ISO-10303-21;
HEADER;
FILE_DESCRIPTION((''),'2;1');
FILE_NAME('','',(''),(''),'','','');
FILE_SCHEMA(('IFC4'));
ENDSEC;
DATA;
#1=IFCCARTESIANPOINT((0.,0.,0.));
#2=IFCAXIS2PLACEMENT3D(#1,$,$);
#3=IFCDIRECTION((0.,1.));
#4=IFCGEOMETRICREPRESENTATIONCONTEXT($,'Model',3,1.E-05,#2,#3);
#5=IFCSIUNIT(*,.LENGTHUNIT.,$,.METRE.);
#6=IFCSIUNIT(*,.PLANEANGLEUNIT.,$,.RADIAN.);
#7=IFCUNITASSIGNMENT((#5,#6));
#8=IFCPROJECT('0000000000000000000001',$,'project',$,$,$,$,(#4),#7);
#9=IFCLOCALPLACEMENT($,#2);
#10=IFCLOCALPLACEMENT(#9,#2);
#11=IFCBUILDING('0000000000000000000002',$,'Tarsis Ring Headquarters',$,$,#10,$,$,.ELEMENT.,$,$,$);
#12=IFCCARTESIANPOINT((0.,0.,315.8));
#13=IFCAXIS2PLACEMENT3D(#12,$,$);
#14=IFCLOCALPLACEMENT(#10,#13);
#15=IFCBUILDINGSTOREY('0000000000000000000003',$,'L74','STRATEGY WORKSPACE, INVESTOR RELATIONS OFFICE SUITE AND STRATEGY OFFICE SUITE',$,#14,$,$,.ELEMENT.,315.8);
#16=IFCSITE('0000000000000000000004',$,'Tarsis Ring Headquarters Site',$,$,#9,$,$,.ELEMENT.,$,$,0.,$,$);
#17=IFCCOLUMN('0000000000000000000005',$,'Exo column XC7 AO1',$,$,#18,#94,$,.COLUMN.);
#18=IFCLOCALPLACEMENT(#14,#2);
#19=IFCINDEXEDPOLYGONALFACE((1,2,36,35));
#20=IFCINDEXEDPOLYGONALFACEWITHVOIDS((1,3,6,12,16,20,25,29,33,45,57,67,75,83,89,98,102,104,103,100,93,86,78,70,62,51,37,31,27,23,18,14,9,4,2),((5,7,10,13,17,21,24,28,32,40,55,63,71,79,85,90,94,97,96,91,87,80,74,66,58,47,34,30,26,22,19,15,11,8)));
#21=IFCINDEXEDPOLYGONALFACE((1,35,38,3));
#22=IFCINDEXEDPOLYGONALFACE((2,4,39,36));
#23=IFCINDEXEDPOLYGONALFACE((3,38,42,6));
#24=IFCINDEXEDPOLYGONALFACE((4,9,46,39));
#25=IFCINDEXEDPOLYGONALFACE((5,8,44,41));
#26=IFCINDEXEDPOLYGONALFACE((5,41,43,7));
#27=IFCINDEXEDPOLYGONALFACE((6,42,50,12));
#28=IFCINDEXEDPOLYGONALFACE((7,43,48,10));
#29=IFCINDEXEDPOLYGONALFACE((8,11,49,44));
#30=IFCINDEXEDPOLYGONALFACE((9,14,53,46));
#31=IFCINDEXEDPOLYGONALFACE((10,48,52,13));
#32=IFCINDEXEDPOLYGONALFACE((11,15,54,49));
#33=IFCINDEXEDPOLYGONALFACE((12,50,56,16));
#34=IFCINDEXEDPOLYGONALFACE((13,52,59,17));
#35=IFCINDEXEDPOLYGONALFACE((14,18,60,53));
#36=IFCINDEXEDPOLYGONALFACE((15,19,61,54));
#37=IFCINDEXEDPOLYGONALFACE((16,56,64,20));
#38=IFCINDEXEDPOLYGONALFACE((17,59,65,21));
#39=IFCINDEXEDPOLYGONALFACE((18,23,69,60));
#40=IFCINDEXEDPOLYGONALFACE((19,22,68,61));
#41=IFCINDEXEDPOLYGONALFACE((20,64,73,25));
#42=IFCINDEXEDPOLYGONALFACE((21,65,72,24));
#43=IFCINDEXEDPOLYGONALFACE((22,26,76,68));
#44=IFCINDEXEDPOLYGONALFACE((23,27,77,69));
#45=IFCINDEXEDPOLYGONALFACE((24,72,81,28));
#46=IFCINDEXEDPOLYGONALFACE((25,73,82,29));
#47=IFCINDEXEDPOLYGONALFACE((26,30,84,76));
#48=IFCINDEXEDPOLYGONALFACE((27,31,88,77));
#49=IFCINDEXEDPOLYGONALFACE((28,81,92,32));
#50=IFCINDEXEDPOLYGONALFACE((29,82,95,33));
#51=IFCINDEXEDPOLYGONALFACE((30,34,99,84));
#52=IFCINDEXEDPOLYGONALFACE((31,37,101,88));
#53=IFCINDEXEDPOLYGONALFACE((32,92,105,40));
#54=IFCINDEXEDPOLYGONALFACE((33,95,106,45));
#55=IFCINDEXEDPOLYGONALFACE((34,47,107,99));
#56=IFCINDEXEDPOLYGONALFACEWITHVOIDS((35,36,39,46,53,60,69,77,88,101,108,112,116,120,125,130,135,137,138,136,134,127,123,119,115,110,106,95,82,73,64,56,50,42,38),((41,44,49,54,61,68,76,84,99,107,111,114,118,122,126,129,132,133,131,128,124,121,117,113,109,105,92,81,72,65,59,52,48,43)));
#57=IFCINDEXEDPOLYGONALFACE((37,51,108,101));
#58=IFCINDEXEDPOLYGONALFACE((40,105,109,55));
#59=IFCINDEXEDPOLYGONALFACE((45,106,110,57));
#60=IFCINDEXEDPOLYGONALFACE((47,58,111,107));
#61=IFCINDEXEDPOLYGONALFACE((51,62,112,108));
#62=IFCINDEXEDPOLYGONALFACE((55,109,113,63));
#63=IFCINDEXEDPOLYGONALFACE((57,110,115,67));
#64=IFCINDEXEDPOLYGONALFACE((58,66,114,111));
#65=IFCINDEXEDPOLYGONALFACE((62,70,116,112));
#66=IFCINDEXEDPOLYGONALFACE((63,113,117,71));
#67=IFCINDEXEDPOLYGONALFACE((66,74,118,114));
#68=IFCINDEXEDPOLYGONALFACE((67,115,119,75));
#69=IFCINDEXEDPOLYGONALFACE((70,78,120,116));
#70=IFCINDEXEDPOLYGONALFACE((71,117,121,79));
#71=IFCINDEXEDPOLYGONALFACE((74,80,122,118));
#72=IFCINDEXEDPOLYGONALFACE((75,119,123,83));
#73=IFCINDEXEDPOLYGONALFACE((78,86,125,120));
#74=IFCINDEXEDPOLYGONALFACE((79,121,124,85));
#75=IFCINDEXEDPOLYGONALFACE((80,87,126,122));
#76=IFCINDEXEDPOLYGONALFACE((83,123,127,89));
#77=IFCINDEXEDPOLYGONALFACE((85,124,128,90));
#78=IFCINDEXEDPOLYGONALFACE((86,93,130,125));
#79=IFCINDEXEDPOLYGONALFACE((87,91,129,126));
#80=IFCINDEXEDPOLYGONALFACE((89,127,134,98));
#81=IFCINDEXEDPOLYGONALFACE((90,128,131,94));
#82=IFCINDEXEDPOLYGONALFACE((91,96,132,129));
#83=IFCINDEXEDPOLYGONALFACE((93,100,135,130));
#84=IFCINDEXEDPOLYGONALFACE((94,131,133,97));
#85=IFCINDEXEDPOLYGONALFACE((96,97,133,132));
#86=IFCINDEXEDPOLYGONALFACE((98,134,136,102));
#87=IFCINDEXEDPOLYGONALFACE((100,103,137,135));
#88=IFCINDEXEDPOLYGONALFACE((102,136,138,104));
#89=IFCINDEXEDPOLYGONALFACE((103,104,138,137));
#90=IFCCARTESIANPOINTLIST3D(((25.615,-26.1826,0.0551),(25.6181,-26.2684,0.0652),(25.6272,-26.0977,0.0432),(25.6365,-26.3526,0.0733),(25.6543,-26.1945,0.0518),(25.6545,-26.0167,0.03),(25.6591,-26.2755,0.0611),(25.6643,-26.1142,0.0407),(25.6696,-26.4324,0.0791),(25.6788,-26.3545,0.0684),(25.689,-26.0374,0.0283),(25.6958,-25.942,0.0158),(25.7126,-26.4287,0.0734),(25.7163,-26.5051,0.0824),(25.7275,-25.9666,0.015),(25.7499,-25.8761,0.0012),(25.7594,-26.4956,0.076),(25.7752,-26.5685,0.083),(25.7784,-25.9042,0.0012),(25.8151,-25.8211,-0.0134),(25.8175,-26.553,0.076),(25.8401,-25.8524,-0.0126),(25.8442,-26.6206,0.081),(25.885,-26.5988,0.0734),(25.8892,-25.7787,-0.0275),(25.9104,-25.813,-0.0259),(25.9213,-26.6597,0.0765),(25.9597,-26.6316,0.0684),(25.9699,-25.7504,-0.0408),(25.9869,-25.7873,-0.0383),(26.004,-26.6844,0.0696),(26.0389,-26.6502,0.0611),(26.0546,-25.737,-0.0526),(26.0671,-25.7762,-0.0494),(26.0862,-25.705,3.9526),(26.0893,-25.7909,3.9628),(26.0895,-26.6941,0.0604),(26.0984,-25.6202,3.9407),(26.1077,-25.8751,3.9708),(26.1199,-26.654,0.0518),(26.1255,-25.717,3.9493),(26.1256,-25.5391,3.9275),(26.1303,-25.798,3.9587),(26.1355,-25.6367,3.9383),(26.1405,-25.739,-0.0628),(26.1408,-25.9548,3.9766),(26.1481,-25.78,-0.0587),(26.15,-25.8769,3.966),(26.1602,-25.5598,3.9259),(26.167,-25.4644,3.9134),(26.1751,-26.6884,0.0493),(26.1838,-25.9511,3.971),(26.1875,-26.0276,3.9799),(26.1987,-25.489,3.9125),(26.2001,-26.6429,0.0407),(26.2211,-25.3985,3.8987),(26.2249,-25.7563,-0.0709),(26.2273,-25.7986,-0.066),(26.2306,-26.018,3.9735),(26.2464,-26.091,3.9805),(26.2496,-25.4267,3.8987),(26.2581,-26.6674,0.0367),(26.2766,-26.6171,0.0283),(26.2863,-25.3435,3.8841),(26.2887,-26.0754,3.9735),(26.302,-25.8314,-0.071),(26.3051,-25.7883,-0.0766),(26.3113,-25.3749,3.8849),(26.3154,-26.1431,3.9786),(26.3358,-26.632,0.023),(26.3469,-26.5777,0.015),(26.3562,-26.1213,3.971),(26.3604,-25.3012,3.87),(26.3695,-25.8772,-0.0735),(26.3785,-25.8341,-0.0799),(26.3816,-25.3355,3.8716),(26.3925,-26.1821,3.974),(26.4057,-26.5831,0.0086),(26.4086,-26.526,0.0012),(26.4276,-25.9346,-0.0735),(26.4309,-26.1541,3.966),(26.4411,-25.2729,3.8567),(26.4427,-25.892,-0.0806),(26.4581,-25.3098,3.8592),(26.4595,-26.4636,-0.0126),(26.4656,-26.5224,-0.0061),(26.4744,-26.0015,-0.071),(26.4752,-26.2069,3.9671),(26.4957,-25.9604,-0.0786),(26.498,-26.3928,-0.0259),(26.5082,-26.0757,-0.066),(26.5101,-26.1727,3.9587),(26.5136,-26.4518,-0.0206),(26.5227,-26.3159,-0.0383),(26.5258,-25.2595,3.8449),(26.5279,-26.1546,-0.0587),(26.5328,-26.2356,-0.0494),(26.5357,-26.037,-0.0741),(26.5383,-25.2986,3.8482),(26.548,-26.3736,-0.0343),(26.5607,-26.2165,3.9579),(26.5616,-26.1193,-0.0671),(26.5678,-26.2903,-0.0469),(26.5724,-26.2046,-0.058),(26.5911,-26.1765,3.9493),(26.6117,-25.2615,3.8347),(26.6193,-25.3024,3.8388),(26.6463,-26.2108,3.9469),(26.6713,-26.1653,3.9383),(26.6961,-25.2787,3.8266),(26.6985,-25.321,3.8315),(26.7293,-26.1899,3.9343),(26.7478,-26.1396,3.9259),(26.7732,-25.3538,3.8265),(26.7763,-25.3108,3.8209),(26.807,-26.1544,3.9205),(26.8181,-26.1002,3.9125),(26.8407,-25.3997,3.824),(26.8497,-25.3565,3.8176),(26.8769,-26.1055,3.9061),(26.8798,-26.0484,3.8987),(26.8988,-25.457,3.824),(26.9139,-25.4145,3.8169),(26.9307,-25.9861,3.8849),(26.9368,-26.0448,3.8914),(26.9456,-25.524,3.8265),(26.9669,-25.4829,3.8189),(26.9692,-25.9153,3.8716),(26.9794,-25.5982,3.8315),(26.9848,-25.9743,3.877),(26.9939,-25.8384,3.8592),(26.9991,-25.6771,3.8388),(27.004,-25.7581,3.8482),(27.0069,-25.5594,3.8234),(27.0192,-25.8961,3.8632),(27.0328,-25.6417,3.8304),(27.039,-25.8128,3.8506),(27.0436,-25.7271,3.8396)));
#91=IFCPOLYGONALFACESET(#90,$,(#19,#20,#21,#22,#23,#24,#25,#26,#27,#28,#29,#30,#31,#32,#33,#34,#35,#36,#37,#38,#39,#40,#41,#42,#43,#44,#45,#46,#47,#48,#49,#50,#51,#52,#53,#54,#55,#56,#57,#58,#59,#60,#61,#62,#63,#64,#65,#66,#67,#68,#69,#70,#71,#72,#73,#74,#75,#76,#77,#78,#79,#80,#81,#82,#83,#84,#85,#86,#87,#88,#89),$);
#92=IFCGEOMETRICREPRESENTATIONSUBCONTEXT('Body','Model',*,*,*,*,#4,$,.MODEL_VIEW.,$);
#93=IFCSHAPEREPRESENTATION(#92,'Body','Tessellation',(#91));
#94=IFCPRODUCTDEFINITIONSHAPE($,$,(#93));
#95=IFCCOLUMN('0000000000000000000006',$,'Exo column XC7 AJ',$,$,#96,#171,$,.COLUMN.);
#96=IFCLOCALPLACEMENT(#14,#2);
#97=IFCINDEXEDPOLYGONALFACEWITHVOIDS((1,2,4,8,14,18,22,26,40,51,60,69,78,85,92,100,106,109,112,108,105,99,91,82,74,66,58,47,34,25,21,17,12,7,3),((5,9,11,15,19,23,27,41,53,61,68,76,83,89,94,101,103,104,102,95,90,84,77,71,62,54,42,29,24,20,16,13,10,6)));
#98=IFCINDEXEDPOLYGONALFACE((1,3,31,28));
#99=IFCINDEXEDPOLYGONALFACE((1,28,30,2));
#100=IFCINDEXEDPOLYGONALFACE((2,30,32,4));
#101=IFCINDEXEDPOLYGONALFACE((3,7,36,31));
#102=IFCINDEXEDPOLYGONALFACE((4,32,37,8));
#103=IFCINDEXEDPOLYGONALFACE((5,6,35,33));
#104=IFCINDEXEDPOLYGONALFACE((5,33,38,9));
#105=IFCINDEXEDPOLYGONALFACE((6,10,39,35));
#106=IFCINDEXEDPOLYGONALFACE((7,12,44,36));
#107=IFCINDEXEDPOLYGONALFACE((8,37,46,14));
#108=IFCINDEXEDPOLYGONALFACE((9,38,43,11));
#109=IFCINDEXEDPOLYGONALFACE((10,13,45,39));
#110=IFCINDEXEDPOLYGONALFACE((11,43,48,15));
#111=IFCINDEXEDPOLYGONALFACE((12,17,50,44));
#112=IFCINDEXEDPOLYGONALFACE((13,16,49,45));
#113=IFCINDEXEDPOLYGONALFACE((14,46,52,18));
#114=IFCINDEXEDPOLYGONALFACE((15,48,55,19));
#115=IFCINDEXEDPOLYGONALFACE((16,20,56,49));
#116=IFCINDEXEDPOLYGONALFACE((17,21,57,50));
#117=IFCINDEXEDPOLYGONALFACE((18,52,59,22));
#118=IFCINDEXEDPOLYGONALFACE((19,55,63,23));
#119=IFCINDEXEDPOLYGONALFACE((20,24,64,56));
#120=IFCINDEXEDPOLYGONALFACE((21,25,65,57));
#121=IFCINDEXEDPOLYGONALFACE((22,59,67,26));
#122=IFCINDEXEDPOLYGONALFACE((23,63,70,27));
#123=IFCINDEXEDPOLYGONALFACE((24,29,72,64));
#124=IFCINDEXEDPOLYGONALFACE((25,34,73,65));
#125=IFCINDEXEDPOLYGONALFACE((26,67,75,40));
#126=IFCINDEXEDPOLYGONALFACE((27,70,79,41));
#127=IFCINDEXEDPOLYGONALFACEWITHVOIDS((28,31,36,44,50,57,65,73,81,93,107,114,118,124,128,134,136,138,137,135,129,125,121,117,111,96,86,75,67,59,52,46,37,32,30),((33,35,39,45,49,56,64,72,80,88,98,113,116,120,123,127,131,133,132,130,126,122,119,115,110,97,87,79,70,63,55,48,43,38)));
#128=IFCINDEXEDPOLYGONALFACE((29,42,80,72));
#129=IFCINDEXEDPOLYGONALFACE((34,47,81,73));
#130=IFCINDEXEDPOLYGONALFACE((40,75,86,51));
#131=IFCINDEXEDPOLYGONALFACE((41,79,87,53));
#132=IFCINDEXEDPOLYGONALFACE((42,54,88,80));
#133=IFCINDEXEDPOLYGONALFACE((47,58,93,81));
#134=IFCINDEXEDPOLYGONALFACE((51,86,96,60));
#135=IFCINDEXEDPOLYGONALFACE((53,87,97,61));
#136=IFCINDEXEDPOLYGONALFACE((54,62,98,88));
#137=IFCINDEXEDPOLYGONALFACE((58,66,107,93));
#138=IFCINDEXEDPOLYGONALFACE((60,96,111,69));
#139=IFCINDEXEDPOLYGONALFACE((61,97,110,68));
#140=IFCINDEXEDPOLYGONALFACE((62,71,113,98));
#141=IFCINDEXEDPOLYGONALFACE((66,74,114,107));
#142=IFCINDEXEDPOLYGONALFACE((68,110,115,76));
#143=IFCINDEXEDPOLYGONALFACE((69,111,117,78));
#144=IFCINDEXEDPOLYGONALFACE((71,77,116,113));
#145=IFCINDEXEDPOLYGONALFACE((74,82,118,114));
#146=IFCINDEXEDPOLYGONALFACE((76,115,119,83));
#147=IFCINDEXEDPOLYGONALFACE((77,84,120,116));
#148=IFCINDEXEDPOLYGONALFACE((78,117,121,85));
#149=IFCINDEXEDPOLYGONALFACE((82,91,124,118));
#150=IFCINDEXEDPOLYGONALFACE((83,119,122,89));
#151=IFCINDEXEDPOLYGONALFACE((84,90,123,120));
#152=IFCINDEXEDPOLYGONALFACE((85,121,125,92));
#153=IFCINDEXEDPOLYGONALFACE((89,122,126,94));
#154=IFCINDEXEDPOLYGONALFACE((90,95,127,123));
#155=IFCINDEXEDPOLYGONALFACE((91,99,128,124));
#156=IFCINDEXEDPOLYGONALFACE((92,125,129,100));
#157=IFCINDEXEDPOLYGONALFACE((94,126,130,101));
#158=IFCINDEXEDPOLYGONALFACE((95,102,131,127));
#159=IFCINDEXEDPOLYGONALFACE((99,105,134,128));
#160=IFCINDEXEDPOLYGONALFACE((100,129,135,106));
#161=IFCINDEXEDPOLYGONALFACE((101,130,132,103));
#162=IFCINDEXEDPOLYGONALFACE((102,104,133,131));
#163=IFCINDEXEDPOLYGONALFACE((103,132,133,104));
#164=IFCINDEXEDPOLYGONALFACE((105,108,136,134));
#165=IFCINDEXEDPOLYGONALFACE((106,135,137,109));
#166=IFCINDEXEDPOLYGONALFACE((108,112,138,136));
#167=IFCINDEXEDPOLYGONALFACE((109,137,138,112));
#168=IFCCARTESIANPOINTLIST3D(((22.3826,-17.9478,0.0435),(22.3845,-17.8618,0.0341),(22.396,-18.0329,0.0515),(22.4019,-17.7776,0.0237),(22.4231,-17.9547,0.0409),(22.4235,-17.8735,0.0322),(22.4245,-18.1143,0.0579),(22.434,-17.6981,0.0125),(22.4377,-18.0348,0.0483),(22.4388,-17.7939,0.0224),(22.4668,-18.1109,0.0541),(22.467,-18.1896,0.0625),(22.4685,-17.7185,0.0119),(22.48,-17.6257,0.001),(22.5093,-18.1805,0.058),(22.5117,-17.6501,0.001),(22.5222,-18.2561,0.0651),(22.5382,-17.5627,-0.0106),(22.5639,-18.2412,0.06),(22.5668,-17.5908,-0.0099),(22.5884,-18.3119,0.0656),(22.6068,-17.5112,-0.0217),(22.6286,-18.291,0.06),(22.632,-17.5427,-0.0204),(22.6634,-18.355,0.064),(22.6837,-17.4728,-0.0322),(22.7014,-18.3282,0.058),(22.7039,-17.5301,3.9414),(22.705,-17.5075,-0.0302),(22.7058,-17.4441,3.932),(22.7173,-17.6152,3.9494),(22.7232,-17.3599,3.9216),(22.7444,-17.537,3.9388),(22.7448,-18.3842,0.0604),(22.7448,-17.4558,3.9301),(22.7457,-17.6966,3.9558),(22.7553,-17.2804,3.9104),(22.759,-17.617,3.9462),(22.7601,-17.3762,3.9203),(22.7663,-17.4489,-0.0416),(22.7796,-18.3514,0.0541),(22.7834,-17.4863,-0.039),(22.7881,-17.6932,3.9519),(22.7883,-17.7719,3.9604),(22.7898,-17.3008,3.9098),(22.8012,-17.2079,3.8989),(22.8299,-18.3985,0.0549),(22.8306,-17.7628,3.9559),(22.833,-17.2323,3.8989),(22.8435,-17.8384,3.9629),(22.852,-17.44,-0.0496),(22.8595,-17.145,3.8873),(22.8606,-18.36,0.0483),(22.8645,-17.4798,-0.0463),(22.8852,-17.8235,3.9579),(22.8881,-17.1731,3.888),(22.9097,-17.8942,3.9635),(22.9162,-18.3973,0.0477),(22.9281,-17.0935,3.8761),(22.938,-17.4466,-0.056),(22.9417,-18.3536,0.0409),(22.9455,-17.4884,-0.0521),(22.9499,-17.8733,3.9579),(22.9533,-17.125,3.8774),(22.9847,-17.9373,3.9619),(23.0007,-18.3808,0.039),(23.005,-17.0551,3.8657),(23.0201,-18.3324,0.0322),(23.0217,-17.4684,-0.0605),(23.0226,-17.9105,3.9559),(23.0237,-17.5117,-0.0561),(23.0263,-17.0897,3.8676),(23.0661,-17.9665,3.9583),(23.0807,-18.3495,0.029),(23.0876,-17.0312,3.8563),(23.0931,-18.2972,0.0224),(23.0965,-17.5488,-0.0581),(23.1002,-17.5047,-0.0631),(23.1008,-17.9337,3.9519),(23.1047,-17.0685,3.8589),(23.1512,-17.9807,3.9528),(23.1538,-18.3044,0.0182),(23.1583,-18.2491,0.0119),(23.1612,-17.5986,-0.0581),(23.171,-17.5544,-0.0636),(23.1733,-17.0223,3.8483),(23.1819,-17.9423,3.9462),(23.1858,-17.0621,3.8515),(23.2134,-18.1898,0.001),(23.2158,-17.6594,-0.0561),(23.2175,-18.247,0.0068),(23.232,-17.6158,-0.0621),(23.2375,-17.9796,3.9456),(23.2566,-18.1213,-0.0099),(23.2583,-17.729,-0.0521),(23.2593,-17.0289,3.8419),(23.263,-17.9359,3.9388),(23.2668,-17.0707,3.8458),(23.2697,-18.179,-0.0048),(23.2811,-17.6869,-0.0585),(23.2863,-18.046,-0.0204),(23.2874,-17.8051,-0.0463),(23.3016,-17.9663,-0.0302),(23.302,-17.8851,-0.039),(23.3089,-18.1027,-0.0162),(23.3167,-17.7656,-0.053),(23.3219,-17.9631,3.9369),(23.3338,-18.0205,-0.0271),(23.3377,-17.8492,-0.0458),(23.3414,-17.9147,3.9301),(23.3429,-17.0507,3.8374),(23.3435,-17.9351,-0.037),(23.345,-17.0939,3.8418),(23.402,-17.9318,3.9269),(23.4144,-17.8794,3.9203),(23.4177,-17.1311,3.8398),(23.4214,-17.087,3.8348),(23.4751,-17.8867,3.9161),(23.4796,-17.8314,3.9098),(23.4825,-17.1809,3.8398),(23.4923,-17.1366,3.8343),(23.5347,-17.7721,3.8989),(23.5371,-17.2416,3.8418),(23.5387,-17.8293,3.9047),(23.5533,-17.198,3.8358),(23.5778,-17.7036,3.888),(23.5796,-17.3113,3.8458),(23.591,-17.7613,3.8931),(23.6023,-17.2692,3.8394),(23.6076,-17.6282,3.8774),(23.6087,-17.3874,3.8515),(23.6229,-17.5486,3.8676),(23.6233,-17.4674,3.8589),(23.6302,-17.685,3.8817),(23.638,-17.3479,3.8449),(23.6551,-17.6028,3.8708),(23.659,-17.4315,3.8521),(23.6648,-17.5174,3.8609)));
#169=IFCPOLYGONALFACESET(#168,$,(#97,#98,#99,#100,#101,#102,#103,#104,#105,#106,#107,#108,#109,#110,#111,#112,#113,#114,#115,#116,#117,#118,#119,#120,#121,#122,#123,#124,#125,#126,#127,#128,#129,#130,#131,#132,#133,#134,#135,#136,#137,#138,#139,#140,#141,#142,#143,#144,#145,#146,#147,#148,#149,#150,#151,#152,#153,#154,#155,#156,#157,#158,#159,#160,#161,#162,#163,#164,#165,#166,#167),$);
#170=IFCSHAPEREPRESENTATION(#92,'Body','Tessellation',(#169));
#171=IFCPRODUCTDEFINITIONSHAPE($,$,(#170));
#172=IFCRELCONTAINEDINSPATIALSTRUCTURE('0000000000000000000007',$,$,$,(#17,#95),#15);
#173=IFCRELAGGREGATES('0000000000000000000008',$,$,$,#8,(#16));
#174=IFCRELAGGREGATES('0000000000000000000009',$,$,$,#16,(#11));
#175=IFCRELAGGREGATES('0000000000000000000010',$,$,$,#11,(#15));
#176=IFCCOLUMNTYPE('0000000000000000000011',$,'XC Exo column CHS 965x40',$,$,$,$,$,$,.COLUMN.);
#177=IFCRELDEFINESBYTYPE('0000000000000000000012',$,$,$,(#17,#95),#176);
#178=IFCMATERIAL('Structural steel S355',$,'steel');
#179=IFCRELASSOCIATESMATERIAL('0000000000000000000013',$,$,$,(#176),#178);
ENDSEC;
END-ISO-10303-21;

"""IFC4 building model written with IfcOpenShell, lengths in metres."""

from ifc_helpers import new_model, si_unit, direction, frame, origin, origin_2d, place, context, subcontext, project, spatial, hollow_circle, extrude, material, material_profile, profile_set, type_object, element, save


model = new_model("IFC4")

# Units and contexts
model_context = context("Model", 3, precision=1e-05, world=origin(), true_north=direction((0.0, 1.0)))
body_context = subcontext(model_context, "Body", "Model", "MODEL_VIEW")
ifc_project = project(units=[si_unit("LENGTHUNIT", "METRE"), si_unit("PLANEANGLEUNIT", "RADIAN")], contexts=[model_context])

# Site, building, storey
site_placement = place(None, origin())
site = spatial("IfcSite", under=ifc_project, at=site_placement, Name="Tarsis Ring Headquarters Site", CompositionType="ELEMENT", RefElevation=0.0)
building_placement = place(site_placement, origin())
building = spatial("IfcBuilding", under=site, at=building_placement, Name="Tarsis Ring Headquarters", CompositionType="ELEMENT")
storey_placement = place(building_placement, frame((0.0, 0.0, 315.8)))
storey = spatial("IfcBuildingStorey", under=building, at=storey_placement, Name="L74", Description="STRATEGY WORKSPACE, INVESTOR RELATIONS OFFICE SUITE AND STRATEGY OFFICE SUITE", CompositionType="ELEMENT", Elevation=315.8)

# Columns
ifc_material_1 = material(Name="Structural steel S355", Category="steel")
ifc_material_profile_1 = material_profile(ifc_material_1, hollow_circle(Radius=0.4827, WallThickness=0.04, at=origin_2d()), Name="CHS 965x40")
ifc_profile_set_1 = profile_set([ifc_material_profile_1], Name="Structural steel S355")
column_type = type_object("IfcColumnType", Name="XC Exo column CHS 965x40", PredefinedType="COLUMN", material=ifc_profile_set_1)
column_placement = place(storey_placement, frame((26.0935, -26.2151, 0.0012), z_axis=(0.119145, 0.12075, 0.985507), x_axis=(-0.711822, 0.70236, 0.0)))
element("IfcColumn", 1, at=column_placement, inside=storey, type_object=column_type, Name="Exo column XC7 AO1", PredefinedType="COLUMN", context=body_context, shape_type="SweptSolid", body=[
    extrude(hollow_circle(Radius=0.4827, WallThickness=0.04, at=origin_2d()), origin(), (0.0, 0.0, 1.0), 3.9548),
])
for number, where, z_axis, x_axis, name in (
    (2, (22.8625, -17.9199, 0.001), (0.081682, 0.106199, 0.990984), (-0.792658, 0.609666, 0.0), "Exo column XC7 AJ"),
):
    element("IfcColumn", number, at=place(storey_placement, frame(where, z_axis=z_axis, x_axis=x_axis)), inside=storey, type_object=column_type, Name=name, PredefinedType="COLUMN", context=body_context, shape_type="SweptSolid", body=[
        extrude(hollow_circle(Radius=0.4827, WallThickness=0.04, at=origin_2d()), origin(), (0.0, 0.0, 1.0), 3.9333),
    ])

save(model, "model.ifc")
